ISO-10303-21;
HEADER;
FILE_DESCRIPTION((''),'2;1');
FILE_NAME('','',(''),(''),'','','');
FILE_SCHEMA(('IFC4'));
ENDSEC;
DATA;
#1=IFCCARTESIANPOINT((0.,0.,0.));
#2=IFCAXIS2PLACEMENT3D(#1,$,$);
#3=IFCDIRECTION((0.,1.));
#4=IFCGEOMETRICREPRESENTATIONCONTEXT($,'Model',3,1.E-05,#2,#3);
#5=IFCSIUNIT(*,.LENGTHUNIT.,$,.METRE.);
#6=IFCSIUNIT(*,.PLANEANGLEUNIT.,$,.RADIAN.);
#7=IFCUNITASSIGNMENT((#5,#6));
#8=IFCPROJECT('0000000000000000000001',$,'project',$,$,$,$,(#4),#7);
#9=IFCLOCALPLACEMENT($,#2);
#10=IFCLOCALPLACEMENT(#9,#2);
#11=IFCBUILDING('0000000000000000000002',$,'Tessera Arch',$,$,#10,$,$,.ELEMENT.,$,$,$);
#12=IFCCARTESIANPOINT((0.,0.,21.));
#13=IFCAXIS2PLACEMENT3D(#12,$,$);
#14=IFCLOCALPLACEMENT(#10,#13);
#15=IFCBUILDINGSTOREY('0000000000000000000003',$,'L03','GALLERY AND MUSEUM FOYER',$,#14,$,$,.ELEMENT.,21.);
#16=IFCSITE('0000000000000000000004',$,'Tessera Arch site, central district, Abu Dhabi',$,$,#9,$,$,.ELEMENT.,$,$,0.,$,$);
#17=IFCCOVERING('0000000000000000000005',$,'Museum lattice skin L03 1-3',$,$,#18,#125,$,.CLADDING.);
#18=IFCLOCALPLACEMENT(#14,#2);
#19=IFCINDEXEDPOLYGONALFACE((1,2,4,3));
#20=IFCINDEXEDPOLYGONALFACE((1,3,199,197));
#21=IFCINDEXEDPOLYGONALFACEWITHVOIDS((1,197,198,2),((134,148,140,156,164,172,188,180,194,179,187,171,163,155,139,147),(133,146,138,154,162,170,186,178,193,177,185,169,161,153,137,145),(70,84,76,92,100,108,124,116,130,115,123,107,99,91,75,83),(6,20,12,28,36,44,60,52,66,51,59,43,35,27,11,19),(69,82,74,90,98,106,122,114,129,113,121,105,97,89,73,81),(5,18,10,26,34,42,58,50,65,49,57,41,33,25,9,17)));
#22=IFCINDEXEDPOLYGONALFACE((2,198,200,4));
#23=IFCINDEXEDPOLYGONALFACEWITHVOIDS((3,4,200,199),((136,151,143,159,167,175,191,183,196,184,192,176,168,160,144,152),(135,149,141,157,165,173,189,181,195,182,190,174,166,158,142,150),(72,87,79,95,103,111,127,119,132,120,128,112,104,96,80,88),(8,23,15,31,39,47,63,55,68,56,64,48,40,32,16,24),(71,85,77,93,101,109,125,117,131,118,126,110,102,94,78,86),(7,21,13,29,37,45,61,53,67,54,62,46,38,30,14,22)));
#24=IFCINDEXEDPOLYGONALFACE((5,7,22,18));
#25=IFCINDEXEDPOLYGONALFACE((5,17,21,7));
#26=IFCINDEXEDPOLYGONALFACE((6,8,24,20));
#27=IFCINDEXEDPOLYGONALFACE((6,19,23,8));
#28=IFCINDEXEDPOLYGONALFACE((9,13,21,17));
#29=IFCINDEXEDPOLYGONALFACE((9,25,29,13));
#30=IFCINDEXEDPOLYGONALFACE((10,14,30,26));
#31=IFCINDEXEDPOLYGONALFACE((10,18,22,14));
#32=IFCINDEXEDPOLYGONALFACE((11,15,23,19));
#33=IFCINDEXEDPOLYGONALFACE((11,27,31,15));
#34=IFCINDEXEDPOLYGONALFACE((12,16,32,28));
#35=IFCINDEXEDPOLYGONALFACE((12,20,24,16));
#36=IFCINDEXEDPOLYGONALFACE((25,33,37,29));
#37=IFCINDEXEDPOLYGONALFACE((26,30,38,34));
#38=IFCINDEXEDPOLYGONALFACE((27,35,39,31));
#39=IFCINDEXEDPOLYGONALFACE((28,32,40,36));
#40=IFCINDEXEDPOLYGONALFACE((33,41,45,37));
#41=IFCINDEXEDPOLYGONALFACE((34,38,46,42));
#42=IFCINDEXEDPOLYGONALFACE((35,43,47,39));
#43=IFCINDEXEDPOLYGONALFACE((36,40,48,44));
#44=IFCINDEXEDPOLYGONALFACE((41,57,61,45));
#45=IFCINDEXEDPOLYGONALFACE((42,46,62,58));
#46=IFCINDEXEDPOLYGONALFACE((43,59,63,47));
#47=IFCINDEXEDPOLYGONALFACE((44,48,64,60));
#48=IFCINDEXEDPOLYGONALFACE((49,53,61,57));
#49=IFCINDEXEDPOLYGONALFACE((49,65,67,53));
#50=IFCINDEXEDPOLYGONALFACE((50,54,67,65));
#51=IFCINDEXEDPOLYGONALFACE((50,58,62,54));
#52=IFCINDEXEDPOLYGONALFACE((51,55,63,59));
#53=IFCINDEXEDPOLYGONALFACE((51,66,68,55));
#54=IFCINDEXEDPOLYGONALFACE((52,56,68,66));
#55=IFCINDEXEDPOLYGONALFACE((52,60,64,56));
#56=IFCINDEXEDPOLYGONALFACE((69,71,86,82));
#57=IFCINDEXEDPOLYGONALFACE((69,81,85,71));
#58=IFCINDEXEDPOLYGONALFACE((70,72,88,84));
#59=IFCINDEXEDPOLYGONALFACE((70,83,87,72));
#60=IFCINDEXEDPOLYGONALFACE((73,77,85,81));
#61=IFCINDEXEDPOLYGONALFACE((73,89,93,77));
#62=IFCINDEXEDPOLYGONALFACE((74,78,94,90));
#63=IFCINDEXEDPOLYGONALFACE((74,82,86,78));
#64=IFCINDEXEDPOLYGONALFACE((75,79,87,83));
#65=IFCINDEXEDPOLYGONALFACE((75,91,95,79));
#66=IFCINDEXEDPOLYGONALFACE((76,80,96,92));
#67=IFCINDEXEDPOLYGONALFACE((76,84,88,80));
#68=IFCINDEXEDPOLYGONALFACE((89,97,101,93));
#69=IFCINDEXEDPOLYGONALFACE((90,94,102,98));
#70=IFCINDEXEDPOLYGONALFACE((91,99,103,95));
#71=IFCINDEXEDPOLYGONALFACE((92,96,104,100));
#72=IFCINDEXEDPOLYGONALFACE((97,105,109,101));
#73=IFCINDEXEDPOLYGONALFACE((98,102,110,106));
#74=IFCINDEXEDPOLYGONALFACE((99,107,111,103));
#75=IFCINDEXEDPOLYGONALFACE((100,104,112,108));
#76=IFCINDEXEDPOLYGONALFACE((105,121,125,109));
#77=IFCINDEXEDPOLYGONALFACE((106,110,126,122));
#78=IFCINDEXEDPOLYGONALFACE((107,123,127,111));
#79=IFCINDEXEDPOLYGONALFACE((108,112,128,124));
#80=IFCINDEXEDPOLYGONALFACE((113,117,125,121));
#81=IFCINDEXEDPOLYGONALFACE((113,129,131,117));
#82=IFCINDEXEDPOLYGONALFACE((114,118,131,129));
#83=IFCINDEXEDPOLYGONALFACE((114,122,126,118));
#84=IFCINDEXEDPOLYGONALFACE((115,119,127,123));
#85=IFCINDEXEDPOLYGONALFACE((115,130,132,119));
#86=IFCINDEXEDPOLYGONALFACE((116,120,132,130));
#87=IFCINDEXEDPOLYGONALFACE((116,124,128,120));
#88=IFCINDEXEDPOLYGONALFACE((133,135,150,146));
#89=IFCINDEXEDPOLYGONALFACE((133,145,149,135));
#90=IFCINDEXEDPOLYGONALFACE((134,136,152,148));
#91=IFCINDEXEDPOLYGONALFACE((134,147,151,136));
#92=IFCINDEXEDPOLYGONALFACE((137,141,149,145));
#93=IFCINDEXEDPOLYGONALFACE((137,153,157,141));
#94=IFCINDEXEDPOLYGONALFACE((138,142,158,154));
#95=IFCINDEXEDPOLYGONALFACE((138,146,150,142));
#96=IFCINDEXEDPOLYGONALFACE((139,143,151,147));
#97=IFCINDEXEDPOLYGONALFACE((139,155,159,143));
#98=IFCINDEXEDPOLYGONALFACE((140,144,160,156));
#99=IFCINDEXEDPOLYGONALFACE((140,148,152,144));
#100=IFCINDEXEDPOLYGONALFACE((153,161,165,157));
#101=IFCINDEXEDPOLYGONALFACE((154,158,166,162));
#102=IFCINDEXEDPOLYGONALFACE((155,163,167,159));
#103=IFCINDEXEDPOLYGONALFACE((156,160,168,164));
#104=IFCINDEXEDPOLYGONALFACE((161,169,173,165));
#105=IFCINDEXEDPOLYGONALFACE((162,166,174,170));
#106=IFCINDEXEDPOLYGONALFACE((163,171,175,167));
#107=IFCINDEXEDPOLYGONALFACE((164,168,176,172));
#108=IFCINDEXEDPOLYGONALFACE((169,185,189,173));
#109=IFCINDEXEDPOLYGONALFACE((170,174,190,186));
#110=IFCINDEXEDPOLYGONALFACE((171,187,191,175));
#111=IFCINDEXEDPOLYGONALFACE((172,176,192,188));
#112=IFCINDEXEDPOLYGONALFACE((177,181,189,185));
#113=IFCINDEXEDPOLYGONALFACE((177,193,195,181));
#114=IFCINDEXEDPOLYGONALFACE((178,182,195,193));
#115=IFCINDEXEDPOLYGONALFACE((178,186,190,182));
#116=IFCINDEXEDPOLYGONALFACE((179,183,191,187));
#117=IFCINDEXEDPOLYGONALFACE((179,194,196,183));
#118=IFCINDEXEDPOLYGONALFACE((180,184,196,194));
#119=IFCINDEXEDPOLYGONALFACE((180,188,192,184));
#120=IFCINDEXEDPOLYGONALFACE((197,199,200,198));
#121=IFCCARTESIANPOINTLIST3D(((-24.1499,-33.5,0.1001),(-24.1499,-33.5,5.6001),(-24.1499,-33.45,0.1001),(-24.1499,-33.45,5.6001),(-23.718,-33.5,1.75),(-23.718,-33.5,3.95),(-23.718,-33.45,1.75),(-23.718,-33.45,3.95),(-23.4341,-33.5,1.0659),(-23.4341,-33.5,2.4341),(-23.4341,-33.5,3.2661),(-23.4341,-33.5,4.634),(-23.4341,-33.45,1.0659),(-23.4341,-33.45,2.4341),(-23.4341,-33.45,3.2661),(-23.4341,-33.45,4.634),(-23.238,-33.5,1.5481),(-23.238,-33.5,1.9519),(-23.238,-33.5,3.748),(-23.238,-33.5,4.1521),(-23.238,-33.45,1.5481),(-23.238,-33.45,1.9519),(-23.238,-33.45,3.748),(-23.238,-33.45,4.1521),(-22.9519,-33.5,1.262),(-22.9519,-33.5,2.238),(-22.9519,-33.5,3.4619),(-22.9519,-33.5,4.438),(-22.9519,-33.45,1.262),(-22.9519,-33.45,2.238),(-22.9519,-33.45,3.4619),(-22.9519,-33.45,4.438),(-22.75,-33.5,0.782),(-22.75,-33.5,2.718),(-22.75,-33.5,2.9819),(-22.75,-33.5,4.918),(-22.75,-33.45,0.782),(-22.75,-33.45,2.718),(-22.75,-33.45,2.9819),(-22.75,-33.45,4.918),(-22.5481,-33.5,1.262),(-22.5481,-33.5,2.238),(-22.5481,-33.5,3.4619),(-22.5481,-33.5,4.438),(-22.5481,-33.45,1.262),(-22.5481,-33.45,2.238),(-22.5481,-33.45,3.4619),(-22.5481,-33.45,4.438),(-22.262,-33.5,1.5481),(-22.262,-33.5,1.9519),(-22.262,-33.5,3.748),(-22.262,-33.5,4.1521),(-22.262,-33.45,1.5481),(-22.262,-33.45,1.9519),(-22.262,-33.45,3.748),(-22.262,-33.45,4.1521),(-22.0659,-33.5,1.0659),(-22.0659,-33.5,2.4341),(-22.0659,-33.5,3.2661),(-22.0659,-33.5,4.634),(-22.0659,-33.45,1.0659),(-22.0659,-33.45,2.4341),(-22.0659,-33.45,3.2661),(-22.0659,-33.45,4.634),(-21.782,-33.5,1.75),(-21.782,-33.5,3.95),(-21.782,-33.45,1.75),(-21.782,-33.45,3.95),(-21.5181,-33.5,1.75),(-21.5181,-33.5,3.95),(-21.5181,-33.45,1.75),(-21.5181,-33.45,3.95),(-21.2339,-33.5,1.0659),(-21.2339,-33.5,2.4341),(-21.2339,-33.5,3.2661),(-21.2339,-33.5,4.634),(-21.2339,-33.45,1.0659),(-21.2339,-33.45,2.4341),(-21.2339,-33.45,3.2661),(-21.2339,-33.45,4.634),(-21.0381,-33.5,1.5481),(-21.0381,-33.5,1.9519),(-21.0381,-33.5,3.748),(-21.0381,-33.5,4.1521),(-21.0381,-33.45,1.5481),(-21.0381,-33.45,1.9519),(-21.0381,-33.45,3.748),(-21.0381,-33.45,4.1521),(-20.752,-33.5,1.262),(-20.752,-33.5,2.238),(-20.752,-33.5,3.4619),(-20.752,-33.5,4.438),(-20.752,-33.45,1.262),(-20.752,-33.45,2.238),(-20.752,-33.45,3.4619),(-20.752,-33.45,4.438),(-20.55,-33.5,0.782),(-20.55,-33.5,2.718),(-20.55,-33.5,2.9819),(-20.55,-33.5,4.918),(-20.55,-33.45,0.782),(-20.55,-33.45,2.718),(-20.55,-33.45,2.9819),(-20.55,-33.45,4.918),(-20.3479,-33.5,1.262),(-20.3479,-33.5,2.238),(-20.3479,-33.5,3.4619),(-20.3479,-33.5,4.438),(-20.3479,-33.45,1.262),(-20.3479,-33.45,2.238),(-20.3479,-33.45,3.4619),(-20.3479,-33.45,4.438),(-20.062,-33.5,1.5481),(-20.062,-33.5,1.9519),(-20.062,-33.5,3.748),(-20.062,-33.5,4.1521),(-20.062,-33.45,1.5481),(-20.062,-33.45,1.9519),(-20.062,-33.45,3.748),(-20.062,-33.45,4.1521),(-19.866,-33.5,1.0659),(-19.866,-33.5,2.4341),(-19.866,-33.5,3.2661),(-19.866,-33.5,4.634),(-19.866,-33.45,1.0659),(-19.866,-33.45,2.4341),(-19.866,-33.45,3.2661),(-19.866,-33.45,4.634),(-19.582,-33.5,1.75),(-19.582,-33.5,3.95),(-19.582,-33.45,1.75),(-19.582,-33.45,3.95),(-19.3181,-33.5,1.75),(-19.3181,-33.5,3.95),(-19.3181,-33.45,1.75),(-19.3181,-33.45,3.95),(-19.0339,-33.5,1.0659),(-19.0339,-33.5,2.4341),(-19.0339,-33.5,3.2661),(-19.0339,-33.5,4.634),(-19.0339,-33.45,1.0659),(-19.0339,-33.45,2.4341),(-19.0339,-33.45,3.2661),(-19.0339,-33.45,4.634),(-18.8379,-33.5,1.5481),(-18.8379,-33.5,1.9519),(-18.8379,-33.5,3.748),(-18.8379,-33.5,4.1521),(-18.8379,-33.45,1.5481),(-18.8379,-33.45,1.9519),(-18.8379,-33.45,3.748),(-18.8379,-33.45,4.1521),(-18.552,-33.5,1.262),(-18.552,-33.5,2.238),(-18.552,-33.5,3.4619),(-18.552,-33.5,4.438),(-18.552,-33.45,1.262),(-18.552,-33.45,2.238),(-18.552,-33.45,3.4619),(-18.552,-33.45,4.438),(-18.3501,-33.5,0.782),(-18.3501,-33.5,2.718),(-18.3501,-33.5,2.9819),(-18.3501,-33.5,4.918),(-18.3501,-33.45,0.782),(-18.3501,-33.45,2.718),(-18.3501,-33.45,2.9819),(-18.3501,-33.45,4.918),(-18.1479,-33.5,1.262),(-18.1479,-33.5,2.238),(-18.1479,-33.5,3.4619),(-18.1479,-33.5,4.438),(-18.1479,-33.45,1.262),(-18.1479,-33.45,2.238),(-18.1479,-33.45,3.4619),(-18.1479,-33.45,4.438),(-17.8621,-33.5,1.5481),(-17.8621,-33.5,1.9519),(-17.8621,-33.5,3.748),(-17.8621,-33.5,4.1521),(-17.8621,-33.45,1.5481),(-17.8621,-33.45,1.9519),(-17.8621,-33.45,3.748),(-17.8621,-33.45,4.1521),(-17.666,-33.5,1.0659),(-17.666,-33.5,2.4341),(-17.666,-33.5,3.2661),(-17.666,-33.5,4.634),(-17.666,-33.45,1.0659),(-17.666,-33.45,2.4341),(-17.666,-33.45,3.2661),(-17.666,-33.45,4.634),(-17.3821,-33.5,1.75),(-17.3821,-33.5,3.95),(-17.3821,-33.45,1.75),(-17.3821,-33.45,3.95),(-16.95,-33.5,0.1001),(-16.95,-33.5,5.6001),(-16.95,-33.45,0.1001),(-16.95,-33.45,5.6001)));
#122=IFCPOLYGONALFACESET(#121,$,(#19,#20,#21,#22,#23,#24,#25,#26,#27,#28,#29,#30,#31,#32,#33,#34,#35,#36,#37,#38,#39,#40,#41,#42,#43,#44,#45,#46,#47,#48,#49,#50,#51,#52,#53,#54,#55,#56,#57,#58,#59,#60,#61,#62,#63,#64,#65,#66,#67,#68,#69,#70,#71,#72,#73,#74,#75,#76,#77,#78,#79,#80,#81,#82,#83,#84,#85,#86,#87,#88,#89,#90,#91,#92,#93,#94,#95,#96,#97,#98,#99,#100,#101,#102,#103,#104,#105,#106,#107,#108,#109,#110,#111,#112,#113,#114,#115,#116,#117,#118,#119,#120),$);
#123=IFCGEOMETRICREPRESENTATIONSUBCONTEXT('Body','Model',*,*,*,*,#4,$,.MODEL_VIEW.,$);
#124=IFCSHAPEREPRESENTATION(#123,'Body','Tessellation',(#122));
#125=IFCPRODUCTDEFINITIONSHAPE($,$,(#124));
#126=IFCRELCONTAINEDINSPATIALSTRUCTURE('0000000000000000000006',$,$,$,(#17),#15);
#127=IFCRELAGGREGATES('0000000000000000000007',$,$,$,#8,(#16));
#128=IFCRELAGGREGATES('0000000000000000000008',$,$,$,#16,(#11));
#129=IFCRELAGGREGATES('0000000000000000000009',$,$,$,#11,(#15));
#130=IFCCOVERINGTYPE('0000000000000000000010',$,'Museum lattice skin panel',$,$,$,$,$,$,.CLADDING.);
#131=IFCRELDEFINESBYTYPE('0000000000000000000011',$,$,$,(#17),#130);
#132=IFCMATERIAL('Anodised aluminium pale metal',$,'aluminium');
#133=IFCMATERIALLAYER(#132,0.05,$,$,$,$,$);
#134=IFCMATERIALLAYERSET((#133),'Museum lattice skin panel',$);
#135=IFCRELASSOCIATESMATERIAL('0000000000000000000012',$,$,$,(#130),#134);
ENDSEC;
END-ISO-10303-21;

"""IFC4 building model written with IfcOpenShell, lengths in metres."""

from ifc_helpers import new_model, si_unit, direction, frame, origin, place, context, subcontext, project, spatial, polyline, outline, extrude, material, layer, layer_set, type_object, element, save


model = new_model("IFC4")

# Units and contexts
model_context = context("Model", 3, precision=1e-05, world=origin(), true_north=direction((0.0, 1.0)))
body_context = subcontext(model_context, "Body", "Model", "MODEL_VIEW")
ifc_project = project(units=[si_unit("LENGTHUNIT", "METRE"), si_unit("PLANEANGLEUNIT", "RADIAN")], contexts=[model_context])

# Site, building, storey
site_placement = place(None, origin())
site = spatial("IfcSite", under=ifc_project, at=site_placement, Name="Tessera Arch site, central district, Abu Dhabi", CompositionType="ELEMENT", RefElevation=0.0)
building_placement = place(site_placement, origin())
building = spatial("IfcBuilding", under=site, at=building_placement, Name="Tessera Arch", CompositionType="ELEMENT")
storey_placement = place(building_placement, frame((0.0, 0.0, 21.0)))
storey = spatial("IfcBuildingStorey", under=building, at=storey_placement, Name="L03", Description="GALLERY AND MUSEUM FOYER", CompositionType="ELEMENT", Elevation=21.0)

# Covering
ifc_material_1 = material(Name="Anodised aluminium pale metal", Category="aluminium")
ifc_layer_1 = layer(ifc_material_1, 0.05)
ifc_layer_set_1 = layer_set([ifc_layer_1], Name="Museum lattice skin panel")
covering_type_1 = type_object("IfcCoveringType", Name="Museum lattice skin panel", PredefinedType="CLADDING", material=ifc_layer_set_1)
covering_1_placement = place(storey_placement, frame((-24.1499, -33.45, 5.6001), z_axis=(0.0, 1.0, 0.0), x_axis=(1.0, 0.0, 0.0)))
element("IfcCovering", 1, at=covering_1_placement, inside=storey, type_object=covering_type_1, Name="Museum lattice skin L03 1-3", PredefinedType="CLADDING", context=body_context, shape_type="SweptSolid", body=[
    extrude(outline(polyline([(0.0, 0.0), (7.2, 0.0), (7.2, 5.5), (0.0, 5.5), (0.0, 0.0)]), holes=[polyline([(2.3679, 3.8501), (1.8879, 3.6482), (2.084, 3.166), (1.6018, 3.3621), (1.3999, 2.8821), (1.198, 3.3621), (0.7158, 3.166), (0.9119, 3.6482), (0.4319, 3.8501), (0.9119, 4.052), (0.7158, 4.5342), (1.198, 4.3381), (1.3999, 4.8181), (1.6018, 4.3381), (2.084, 4.5342), (1.8879, 4.052), (2.3679, 3.8501)]), polyline([(2.3679, 1.6501), (1.8879, 1.448), (2.084, 0.9661), (1.6018, 1.1621), (1.3999, 0.6821), (1.198, 1.1621), (0.7158, 0.9661), (0.9119, 1.448), (0.4319, 1.6501), (0.9119, 1.8521), (0.7158, 2.334), (1.198, 2.1382), (1.3999, 2.6182), (1.6018, 2.1382), (2.084, 2.334), (1.8879, 1.8521), (2.3679, 1.6501)]), polyline([(4.5679, 3.8501), (4.0879, 3.6482), (4.2839, 3.166), (3.802, 3.3621), (3.5999, 2.8821), (3.3979, 3.3621), (2.916, 3.166), (3.1118, 3.6482), (2.6318, 3.8501), (3.1118, 4.052), (2.916, 4.5342), (3.3979, 4.3381), (3.5999, 4.8181), (3.802, 4.3381), (4.2839, 4.5342), (4.0879, 4.052), (4.5679, 3.8501)]), polyline([(4.5679, 1.6501), (4.0879, 1.448), (4.2839, 0.9661), (3.802, 1.1621), (3.5999, 0.6821), (3.3979, 1.1621), (2.916, 0.9661), (3.1118, 1.448), (2.6318, 1.6501), (3.1118, 1.8521), (2.916, 2.334), (3.3979, 2.1382), (3.5999, 2.6182), (3.802, 2.1382), (4.2839, 2.334), (4.0879, 1.8521), (4.5679, 1.6501)]), polyline([(6.7678, 3.8501), (6.2878, 3.6482), (6.4839, 3.166), (6.002, 3.3621), (5.7998, 2.8821), (5.5979, 3.3621), (5.116, 3.166), (5.312, 3.6482), (4.8318, 3.8501), (5.312, 4.052), (5.116, 4.5342), (5.5979, 4.3381), (5.7998, 4.8181), (6.002, 4.3381), (6.4839, 4.5342), (6.2878, 4.052), (6.7678, 3.8501)]), polyline([(6.7678, 1.6501), (6.2878, 1.448), (6.4839, 0.9661), (6.002, 1.1621), (5.7998, 0.6821), (5.5979, 1.1621), (5.116, 0.9661), (5.312, 1.448), (4.8318, 1.6501), (5.312, 1.8521), (5.116, 2.334), (5.5979, 2.1382), (5.7998, 2.6182), (6.002, 2.1382), (6.4839, 2.334), (6.2878, 1.8521), (6.7678, 1.6501)])]), origin(), (0.0, 0.0, -1.0), 0.05),
])

save(model, "model.ifc")
